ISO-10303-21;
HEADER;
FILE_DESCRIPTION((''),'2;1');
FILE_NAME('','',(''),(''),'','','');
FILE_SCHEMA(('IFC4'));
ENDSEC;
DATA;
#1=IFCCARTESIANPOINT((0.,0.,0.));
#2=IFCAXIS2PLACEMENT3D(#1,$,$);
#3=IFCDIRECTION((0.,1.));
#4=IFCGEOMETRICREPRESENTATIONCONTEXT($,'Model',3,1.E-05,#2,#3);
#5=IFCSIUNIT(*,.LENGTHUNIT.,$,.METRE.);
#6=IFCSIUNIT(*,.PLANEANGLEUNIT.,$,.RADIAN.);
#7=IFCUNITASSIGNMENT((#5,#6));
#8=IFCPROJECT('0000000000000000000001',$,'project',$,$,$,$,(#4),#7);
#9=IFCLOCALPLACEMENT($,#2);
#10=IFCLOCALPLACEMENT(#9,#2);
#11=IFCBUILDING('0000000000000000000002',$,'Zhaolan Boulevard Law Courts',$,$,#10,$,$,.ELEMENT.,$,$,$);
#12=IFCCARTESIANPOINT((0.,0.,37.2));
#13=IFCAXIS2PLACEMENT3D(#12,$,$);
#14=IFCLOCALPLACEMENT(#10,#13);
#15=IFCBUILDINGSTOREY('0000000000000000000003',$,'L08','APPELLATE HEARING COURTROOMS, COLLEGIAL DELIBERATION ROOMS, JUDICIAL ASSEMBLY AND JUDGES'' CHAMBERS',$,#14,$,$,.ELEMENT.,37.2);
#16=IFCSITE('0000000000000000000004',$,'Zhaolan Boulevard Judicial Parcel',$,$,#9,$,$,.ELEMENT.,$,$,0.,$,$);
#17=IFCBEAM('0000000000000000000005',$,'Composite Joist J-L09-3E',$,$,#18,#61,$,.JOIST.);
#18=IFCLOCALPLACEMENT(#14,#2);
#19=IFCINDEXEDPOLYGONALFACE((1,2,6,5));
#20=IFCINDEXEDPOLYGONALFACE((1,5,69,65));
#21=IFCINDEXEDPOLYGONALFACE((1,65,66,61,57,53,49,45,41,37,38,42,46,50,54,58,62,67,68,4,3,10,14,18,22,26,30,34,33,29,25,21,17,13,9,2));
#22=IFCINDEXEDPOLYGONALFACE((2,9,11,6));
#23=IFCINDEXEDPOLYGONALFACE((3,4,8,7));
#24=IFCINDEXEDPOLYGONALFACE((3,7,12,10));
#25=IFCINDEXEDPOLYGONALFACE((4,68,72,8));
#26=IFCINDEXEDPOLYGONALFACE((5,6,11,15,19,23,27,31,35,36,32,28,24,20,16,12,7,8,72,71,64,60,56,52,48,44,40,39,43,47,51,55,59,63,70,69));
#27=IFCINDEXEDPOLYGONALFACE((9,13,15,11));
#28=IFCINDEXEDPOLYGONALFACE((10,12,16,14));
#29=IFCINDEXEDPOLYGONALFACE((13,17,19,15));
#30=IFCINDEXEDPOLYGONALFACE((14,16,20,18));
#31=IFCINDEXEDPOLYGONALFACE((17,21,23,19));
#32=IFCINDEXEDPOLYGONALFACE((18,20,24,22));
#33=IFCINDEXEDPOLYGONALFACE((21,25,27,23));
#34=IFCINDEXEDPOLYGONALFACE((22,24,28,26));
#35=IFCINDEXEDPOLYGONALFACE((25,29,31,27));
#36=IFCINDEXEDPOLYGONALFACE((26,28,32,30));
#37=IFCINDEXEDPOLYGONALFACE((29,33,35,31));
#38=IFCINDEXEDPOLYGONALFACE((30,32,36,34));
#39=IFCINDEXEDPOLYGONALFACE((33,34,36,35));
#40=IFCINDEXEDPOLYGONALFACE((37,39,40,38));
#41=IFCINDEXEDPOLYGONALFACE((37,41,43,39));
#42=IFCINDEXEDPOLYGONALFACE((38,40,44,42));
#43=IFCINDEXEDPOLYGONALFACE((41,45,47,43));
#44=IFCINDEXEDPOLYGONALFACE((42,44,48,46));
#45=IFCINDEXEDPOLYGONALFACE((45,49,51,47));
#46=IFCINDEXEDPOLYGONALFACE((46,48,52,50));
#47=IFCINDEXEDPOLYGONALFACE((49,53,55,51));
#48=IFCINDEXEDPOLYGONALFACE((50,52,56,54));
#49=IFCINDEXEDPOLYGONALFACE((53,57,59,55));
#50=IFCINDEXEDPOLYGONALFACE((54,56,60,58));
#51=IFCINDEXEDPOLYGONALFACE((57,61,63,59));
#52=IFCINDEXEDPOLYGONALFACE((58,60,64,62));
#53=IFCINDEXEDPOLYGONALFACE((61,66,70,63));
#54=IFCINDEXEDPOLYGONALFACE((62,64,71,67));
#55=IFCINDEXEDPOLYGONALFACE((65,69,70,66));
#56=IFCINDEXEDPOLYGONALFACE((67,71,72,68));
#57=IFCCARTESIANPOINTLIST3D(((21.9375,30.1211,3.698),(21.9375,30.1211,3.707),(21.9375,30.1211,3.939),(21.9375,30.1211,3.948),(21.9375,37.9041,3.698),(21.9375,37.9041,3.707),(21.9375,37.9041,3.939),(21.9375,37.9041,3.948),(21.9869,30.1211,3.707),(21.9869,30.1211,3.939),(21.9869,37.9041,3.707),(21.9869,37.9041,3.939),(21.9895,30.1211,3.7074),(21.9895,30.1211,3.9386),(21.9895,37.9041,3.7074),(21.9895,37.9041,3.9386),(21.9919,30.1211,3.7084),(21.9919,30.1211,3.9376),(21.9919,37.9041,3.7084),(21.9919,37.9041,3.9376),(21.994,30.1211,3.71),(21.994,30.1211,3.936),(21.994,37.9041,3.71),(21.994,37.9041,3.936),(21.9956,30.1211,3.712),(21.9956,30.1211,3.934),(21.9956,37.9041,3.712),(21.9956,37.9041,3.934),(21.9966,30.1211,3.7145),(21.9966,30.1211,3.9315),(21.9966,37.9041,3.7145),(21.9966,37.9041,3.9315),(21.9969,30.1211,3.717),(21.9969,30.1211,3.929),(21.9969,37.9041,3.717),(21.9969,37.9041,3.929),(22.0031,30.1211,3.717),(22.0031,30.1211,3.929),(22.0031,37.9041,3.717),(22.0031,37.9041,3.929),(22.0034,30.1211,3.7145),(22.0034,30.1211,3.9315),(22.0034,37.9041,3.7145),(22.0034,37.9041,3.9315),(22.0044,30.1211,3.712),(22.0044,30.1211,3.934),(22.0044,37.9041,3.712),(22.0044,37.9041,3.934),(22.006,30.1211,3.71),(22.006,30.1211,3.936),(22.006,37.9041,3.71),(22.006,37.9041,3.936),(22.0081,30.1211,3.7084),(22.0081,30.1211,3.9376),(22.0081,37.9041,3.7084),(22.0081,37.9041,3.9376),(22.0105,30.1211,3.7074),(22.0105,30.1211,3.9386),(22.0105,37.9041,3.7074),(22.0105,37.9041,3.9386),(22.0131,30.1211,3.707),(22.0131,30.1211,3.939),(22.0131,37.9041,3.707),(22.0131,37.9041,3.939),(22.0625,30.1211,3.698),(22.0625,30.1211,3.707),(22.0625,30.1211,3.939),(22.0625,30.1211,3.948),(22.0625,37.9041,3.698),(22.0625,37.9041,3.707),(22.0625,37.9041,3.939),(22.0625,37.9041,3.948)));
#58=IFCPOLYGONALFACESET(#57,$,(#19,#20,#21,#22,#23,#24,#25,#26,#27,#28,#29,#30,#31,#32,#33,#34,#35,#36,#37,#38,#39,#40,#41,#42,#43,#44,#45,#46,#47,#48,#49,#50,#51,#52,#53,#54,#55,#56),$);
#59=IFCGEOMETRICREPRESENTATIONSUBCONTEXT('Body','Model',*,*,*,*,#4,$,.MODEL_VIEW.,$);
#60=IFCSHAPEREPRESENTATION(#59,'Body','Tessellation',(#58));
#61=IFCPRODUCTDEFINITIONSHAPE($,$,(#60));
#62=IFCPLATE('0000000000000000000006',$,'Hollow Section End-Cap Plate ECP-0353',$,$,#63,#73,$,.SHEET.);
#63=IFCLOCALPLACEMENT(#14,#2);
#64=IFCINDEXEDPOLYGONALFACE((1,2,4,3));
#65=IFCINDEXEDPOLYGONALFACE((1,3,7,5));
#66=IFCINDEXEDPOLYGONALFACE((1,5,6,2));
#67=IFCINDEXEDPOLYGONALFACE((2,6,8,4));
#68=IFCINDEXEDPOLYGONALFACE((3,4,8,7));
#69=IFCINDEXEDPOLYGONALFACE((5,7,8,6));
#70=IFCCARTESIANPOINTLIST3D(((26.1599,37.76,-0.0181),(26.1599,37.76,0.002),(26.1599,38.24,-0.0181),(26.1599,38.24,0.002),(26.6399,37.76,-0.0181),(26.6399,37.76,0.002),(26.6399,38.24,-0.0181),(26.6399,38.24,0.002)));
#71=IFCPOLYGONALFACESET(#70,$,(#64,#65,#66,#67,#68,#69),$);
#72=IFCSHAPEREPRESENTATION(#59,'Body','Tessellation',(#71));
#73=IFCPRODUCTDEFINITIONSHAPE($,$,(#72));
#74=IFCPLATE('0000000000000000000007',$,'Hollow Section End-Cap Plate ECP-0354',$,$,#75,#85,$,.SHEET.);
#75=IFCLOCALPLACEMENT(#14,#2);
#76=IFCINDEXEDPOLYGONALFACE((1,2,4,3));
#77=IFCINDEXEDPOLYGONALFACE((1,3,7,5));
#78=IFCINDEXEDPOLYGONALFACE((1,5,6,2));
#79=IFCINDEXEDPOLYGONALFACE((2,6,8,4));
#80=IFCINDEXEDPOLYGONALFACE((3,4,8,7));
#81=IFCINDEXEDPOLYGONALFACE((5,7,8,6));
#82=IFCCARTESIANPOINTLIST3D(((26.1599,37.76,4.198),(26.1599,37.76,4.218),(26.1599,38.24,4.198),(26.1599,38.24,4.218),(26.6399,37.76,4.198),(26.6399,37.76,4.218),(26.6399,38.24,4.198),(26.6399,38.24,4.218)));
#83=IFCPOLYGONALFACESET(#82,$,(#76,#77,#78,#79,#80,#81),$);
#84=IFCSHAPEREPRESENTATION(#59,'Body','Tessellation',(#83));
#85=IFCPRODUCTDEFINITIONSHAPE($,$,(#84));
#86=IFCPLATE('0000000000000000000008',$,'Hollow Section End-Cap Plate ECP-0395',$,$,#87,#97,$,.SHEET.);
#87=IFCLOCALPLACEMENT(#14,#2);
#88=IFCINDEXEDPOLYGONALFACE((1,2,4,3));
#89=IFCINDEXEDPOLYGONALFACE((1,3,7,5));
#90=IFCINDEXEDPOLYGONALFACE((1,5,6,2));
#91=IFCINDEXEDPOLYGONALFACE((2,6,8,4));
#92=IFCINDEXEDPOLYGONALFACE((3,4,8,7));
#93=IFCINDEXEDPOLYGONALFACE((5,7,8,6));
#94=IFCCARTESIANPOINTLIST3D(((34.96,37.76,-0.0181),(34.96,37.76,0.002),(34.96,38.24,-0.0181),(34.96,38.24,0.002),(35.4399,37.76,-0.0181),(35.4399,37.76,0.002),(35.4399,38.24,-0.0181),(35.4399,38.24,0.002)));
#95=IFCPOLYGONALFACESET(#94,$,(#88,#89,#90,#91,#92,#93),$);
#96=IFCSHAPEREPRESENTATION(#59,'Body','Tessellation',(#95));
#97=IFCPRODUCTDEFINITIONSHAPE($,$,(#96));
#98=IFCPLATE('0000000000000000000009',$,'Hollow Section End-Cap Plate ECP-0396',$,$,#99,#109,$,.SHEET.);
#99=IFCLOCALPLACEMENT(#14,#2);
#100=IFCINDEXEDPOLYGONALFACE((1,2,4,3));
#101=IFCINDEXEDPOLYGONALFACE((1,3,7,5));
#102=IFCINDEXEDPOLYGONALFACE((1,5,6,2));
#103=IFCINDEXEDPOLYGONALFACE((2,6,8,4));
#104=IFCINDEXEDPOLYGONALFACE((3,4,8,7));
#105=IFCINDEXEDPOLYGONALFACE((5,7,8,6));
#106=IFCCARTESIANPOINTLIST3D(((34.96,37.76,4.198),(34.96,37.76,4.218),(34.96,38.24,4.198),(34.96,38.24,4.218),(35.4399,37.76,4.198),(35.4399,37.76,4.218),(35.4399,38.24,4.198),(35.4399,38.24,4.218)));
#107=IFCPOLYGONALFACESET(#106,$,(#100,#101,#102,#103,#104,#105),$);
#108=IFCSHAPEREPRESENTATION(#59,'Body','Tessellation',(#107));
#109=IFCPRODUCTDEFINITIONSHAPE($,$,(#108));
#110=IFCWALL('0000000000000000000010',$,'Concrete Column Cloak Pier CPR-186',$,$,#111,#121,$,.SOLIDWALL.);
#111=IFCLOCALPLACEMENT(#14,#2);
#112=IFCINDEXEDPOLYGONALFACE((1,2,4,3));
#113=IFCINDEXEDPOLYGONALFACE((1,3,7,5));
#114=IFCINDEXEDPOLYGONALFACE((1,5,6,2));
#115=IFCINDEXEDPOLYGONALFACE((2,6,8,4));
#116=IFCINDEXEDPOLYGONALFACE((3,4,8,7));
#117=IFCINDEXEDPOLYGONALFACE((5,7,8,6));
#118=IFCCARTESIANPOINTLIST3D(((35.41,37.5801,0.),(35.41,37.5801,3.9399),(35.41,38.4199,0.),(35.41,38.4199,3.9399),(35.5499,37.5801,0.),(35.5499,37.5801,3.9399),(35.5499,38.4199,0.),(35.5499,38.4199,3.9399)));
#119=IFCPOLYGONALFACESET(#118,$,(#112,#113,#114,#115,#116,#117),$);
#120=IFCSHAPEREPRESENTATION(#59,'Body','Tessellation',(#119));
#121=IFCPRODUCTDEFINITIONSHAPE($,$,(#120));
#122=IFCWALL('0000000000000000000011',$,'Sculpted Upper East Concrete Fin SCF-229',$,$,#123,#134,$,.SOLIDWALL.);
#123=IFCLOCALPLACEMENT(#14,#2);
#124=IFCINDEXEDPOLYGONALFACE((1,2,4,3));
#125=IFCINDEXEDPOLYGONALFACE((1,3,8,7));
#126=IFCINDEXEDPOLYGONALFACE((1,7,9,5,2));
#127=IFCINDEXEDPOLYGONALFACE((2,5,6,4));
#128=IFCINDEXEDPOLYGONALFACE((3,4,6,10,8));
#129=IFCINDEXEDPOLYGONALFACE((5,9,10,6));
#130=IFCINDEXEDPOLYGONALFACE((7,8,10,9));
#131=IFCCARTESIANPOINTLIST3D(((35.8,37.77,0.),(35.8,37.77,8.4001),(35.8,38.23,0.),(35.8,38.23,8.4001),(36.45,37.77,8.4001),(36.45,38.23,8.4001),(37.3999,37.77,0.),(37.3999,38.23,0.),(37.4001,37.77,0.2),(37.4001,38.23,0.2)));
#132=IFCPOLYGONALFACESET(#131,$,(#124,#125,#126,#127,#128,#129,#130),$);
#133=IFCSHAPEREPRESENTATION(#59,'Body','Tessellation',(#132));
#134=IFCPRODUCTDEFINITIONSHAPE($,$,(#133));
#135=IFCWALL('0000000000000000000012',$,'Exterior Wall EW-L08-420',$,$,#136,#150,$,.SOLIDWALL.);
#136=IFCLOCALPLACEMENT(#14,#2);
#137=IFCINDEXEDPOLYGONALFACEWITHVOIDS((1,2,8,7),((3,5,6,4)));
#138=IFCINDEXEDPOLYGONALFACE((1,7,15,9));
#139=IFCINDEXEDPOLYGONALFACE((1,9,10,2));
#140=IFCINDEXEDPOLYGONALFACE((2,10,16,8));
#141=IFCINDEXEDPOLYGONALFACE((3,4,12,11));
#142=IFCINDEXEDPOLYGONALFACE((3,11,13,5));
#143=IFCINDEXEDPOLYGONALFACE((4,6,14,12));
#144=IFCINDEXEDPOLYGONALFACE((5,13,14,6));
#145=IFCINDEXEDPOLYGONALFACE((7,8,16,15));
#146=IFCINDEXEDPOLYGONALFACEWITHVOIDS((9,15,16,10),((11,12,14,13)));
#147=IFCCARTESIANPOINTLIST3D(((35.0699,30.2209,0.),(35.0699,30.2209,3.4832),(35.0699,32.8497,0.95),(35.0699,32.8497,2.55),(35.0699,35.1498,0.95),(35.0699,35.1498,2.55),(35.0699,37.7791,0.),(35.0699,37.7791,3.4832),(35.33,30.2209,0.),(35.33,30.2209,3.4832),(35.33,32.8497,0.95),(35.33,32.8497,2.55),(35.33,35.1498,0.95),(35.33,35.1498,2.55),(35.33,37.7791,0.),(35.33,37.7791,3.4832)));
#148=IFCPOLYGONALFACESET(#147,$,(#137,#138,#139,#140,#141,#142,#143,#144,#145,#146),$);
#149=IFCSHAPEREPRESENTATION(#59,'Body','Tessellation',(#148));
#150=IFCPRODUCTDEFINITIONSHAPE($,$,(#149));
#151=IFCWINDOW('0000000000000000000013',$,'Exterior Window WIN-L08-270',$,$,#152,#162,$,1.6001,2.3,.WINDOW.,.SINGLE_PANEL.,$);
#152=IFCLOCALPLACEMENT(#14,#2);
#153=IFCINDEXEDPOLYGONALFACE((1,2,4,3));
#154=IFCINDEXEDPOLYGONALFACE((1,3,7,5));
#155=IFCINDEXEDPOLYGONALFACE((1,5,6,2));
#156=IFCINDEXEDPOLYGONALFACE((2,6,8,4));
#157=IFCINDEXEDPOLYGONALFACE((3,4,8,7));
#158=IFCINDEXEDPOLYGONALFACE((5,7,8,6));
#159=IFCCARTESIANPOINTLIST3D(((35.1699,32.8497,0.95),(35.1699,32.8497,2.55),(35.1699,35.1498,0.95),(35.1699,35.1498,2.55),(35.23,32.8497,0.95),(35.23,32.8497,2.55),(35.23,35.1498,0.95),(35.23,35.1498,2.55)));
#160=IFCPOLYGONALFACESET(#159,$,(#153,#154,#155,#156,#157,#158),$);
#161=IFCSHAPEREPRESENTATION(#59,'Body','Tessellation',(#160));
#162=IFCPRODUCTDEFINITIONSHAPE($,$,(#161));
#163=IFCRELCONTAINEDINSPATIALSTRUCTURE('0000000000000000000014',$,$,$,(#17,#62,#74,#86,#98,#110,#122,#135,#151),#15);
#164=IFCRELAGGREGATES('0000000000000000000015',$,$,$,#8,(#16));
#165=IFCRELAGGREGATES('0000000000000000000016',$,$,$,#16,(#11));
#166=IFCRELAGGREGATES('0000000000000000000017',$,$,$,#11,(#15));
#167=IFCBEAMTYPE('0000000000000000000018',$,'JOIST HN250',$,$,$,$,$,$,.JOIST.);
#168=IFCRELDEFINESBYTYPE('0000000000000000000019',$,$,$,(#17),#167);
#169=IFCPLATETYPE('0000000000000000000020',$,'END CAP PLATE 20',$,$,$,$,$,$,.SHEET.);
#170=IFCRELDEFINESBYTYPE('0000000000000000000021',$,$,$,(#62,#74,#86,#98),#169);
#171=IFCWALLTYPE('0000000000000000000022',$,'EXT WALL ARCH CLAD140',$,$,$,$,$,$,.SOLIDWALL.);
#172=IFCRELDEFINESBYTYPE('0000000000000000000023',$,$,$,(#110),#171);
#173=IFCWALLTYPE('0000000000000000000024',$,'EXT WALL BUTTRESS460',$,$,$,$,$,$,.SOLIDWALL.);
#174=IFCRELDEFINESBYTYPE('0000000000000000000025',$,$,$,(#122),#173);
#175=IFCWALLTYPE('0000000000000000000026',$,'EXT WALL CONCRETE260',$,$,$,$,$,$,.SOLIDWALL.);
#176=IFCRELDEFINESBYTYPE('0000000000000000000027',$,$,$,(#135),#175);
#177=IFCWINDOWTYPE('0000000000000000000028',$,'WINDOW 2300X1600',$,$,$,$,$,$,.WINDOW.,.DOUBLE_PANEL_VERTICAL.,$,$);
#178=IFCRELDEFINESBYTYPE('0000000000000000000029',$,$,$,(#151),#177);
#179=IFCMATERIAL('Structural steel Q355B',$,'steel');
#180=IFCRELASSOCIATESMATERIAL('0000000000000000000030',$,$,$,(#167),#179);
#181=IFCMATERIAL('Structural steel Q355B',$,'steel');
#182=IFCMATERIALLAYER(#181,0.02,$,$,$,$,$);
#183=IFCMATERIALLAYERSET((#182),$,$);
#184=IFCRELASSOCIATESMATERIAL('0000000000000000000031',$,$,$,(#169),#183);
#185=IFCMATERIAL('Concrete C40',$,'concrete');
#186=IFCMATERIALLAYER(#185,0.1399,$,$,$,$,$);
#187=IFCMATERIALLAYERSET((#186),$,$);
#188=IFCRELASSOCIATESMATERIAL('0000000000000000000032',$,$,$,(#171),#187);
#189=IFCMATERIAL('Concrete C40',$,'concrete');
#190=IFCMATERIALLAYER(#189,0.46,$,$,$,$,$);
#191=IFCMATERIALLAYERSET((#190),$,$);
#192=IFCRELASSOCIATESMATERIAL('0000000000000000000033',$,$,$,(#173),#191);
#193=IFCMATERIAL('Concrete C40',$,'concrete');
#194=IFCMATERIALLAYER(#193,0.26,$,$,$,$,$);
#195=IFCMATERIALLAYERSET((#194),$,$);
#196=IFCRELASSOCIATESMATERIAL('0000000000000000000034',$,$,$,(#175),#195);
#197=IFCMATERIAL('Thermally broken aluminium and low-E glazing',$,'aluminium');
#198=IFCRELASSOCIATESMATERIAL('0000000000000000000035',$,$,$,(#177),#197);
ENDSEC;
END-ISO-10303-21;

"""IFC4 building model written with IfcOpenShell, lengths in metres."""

from ifc_helpers import new_model, si_unit, direction, frame, frame_2d, origin, origin_2d, place, context, subcontext, project, spatial, polyline, rectangle, i_section, outline, extrude, material, layer, layer_set, material_profile, profile_set, type_object, element, fill, save


model = new_model("IFC4")

# Units and contexts
model_context = context("Model", 3, precision=1e-05, world=origin(), true_north=direction((0.0, 1.0)))
body_context = subcontext(model_context, "Body", "Model", "MODEL_VIEW")
ifc_project = project(units=[si_unit("LENGTHUNIT", "METRE"), si_unit("PLANEANGLEUNIT", "RADIAN")], contexts=[model_context])

# Site, building, storey
site_placement = place(None, origin())
site = spatial("IfcSite", under=ifc_project, at=site_placement, Name="Zhaolan Boulevard Judicial Parcel", CompositionType="ELEMENT", RefElevation=0.0)
building_placement = place(site_placement, origin())
building = spatial("IfcBuilding", under=site, at=building_placement, Name="Zhaolan Boulevard Law Courts", CompositionType="ELEMENT")
storey_placement = place(building_placement, frame((0.0, 0.0, 37.2)))
storey = spatial("IfcBuildingStorey", under=building, at=storey_placement, Name="L08", Description="APPELLATE HEARING COURTROOMS, COLLEGIAL DELIBERATION ROOMS, JUDICIAL ASSEMBLY AND JUDGES' CHAMBERS", CompositionType="ELEMENT", Elevation=37.2)

# Beam
ifc_material_1 = material(Name="Structural steel Q355B", Category="steel")
ifc_material_profile_1 = material_profile(ifc_material_1, i_section(OverallWidth=0.125, OverallDepth=0.25, WebThickness=0.0061, FlangeThickness=0.009, FilletRadius=0.01, at=origin_2d()), Name="HN250x125")
ifc_profile_set_1 = profile_set([ifc_material_profile_1], Name="Structural steel Q355B")
beam_type_1 = type_object("IfcBeamType", Name="JOIST HN250", PredefinedType="JOIST", material=ifc_profile_set_1)
beam_1_placement = place(storey_placement, frame((22.0, 30.1211, 3.823), z_axis=(0.0, 1.0, 0.0), x_axis=(-1.0, 0.0, 0.0)))
element("IfcBeam", 1, at=beam_1_placement, inside=storey, type_object=beam_type_1, Name="Composite Joist J-L09-3E", PredefinedType="JOIST", context=body_context, shape_type="SweptSolid", body=[
    extrude(i_section(OverallWidth=0.125, OverallDepth=0.25, WebThickness=0.0061, FlangeThickness=0.009, FilletRadius=0.01, at=origin_2d()), origin(), (0.0, 0.0, 1.0), 7.783),
])

# Plates
ifc_material_2 = material(Name="Structural steel Q355B", Category="steel")
ifc_layer_1 = layer(ifc_material_2, 0.02)
ifc_layer_set_1 = layer_set([ifc_layer_1])
plate_type = type_object("IfcPlateType", Name="END CAP PLATE 20", PredefinedType="SHEET", material=ifc_layer_set_1)
for number, where, z_axis, x_axis, name in (
    (2, (26.3999, 38.0, -0.0181), (0.0, 0.0, 1.0), (1.0, 0.0, 0.0), "Hollow Section End-Cap Plate ECP-0353"),
    (3, (26.3999, 38.0, 4.198), (0.0, 0.0, 1.0), (1.0, 0.0, 0.0), "Hollow Section End-Cap Plate ECP-0354"),
    (4, (35.2, 38.0, -0.0181), (0.0, 0.0, 1.0), (1.0, 0.0, 0.0), "Hollow Section End-Cap Plate ECP-0395"),
    (5, (35.2, 38.0, 4.198), (0.0, 0.0, 1.0), (1.0, 0.0, 0.0), "Hollow Section End-Cap Plate ECP-0396"),
):
    element("IfcPlate", number, at=place(storey_placement, frame(where, z_axis=z_axis, x_axis=x_axis)), inside=storey, type_object=plate_type, Name=name, PredefinedType="SHEET", context=body_context, shape_type="SweptSolid", body=[
        extrude(rectangle(XDim=0.48, YDim=0.48, at=origin_2d()), origin(), (0.0, 0.0, 1.0), 0.02),
    ])

# Walls
ifc_material_3 = material(Name="Concrete C40", Category="concrete")
ifc_layer_2 = layer(ifc_material_3, 0.1399)
ifc_layer_set_2 = layer_set([ifc_layer_2])
wall_type_1 = type_object("IfcWallType", Name="EXT WALL ARCH CLAD140", PredefinedType="SOLIDWALL", material=ifc_layer_set_2)
wall_1_placement = place(storey_placement, frame((35.48, 37.5801, 0.0), z_axis=(0.0, 0.0, 1.0), x_axis=(0.0, 1.0, 0.0)))
element("IfcWall", 6, at=wall_1_placement, inside=storey, type_object=wall_type_1, Name="Concrete Column Cloak Pier CPR-186", PredefinedType="SOLIDWALL", context=body_context, shape_type="SweptSolid", body=[
    extrude(rectangle(XDim=0.8398, YDim=0.1399, at=frame_2d((0.4199, 0.0))), origin(), (0.0, 0.0, 1.0), 3.9399),
])
ifc_material_4 = material(Name="Concrete C40", Category="concrete")
ifc_layer_3 = layer(ifc_material_4, 0.46)
ifc_layer_set_3 = layer_set([ifc_layer_3])
wall_type_2 = type_object("IfcWallType", Name="EXT WALL BUTTRESS460", PredefinedType="SOLIDWALL", material=ifc_layer_set_3)
wall_2_placement = place(storey_placement, frame((35.8, 38.0, 0.0), z_axis=(0.0, 0.0, 1.0), x_axis=(1.0, 0.0, 0.0)))
element("IfcWall", 7, at=wall_2_placement, inside=storey, type_object=wall_type_2, Name="Sculpted Upper East Concrete Fin SCF-229", PredefinedType="SOLIDWALL", context=body_context, shape_type="SweptSolid", body=[
    extrude(outline(polyline([(0.0, 0.0), (1.5999, 0.0), (1.6001, 0.2), (0.6499, 8.4001), (0.0, 8.4001), (0.0, 0.0)])), frame((0.0, 0.23, 0.0), z_axis=(0.0, -1.0, 0.0), x_axis=(1.0, 0.0, 0.0)), (0.0, 0.0, 1.0), 0.46),
])

# Wall, opening, window
ifc_material_5 = material(Name="Concrete C40", Category="concrete")
ifc_layer_4 = layer(ifc_material_5, 0.26)
ifc_layer_set_4 = layer_set([ifc_layer_4])
wall_type_3 = type_object("IfcWallType", Name="EXT WALL CONCRETE260", PredefinedType="SOLIDWALL", material=ifc_layer_set_4)
wall_3_placement = place(storey_placement, frame((35.2, 30.2209, 0.0), z_axis=(0.0, 0.0, 1.0), x_axis=(0.0, 1.0, 0.0)))
wall_3 = element("IfcWall", 8, at=wall_3_placement, inside=storey, type_object=wall_type_3, Name="Exterior Wall EW-L08-420", PredefinedType="SOLIDWALL", context=body_context, shape_type="SweptSolid", body=[
    extrude(rectangle(XDim=7.5581, YDim=0.26, at=frame_2d((3.7791, 0.0))), origin(), (0.0, 0.0, 1.0), 3.4832),
])
opening_1_placement = place(wall_3_placement, frame((2.6289, 0.0, 0.95)))
opening_1 = element("IfcOpeningElement", 9, at=opening_1_placement, cuts=wall_3, PredefinedType="OPENING", context=body_context, shape_type="SweptSolid", body=[
    extrude(rectangle(XDim=2.3, YDim=1.6001, at=frame_2d((1.1499, 0.8))), frame((0.0, 0.1399, 0.0), z_axis=(0.0, -1.0, 0.0), x_axis=(1.0, 0.0, 0.0)), (0.0, 0.0, 1.0), 0.28),
])
ifc_material_6 = material(Name="Thermally broken aluminium and low-E glazing", Category="aluminium")
window_type = type_object("IfcWindowType", Name="WINDOW 2300X1600", PartitioningType="DOUBLE_PANEL_VERTICAL", PredefinedType="WINDOW", material=ifc_material_6)
window_placement = place(opening_1_placement, origin())
window = element("IfcWindow", 10, at=window_placement, inside=storey, type_object=window_type, Name="Exterior Window WIN-L08-270", OverallHeight=1.6001, OverallWidth=2.3, PartitioningType="SINGLE_PANEL", PredefinedType="WINDOW", context=body_context, shape_type="SweptSolid", body=[
    extrude(rectangle(XDim=2.3, YDim=1.6001, at=frame_2d((1.1499, 0.8))), frame((0.0, 0.03, 0.0), z_axis=(0.0, -1.0, 0.0), x_axis=(1.0, 0.0, 0.0)), (0.0, 0.0, 1.0), 0.0601),
])
fill(opening_1, window)

save(model, "model.ifc")
